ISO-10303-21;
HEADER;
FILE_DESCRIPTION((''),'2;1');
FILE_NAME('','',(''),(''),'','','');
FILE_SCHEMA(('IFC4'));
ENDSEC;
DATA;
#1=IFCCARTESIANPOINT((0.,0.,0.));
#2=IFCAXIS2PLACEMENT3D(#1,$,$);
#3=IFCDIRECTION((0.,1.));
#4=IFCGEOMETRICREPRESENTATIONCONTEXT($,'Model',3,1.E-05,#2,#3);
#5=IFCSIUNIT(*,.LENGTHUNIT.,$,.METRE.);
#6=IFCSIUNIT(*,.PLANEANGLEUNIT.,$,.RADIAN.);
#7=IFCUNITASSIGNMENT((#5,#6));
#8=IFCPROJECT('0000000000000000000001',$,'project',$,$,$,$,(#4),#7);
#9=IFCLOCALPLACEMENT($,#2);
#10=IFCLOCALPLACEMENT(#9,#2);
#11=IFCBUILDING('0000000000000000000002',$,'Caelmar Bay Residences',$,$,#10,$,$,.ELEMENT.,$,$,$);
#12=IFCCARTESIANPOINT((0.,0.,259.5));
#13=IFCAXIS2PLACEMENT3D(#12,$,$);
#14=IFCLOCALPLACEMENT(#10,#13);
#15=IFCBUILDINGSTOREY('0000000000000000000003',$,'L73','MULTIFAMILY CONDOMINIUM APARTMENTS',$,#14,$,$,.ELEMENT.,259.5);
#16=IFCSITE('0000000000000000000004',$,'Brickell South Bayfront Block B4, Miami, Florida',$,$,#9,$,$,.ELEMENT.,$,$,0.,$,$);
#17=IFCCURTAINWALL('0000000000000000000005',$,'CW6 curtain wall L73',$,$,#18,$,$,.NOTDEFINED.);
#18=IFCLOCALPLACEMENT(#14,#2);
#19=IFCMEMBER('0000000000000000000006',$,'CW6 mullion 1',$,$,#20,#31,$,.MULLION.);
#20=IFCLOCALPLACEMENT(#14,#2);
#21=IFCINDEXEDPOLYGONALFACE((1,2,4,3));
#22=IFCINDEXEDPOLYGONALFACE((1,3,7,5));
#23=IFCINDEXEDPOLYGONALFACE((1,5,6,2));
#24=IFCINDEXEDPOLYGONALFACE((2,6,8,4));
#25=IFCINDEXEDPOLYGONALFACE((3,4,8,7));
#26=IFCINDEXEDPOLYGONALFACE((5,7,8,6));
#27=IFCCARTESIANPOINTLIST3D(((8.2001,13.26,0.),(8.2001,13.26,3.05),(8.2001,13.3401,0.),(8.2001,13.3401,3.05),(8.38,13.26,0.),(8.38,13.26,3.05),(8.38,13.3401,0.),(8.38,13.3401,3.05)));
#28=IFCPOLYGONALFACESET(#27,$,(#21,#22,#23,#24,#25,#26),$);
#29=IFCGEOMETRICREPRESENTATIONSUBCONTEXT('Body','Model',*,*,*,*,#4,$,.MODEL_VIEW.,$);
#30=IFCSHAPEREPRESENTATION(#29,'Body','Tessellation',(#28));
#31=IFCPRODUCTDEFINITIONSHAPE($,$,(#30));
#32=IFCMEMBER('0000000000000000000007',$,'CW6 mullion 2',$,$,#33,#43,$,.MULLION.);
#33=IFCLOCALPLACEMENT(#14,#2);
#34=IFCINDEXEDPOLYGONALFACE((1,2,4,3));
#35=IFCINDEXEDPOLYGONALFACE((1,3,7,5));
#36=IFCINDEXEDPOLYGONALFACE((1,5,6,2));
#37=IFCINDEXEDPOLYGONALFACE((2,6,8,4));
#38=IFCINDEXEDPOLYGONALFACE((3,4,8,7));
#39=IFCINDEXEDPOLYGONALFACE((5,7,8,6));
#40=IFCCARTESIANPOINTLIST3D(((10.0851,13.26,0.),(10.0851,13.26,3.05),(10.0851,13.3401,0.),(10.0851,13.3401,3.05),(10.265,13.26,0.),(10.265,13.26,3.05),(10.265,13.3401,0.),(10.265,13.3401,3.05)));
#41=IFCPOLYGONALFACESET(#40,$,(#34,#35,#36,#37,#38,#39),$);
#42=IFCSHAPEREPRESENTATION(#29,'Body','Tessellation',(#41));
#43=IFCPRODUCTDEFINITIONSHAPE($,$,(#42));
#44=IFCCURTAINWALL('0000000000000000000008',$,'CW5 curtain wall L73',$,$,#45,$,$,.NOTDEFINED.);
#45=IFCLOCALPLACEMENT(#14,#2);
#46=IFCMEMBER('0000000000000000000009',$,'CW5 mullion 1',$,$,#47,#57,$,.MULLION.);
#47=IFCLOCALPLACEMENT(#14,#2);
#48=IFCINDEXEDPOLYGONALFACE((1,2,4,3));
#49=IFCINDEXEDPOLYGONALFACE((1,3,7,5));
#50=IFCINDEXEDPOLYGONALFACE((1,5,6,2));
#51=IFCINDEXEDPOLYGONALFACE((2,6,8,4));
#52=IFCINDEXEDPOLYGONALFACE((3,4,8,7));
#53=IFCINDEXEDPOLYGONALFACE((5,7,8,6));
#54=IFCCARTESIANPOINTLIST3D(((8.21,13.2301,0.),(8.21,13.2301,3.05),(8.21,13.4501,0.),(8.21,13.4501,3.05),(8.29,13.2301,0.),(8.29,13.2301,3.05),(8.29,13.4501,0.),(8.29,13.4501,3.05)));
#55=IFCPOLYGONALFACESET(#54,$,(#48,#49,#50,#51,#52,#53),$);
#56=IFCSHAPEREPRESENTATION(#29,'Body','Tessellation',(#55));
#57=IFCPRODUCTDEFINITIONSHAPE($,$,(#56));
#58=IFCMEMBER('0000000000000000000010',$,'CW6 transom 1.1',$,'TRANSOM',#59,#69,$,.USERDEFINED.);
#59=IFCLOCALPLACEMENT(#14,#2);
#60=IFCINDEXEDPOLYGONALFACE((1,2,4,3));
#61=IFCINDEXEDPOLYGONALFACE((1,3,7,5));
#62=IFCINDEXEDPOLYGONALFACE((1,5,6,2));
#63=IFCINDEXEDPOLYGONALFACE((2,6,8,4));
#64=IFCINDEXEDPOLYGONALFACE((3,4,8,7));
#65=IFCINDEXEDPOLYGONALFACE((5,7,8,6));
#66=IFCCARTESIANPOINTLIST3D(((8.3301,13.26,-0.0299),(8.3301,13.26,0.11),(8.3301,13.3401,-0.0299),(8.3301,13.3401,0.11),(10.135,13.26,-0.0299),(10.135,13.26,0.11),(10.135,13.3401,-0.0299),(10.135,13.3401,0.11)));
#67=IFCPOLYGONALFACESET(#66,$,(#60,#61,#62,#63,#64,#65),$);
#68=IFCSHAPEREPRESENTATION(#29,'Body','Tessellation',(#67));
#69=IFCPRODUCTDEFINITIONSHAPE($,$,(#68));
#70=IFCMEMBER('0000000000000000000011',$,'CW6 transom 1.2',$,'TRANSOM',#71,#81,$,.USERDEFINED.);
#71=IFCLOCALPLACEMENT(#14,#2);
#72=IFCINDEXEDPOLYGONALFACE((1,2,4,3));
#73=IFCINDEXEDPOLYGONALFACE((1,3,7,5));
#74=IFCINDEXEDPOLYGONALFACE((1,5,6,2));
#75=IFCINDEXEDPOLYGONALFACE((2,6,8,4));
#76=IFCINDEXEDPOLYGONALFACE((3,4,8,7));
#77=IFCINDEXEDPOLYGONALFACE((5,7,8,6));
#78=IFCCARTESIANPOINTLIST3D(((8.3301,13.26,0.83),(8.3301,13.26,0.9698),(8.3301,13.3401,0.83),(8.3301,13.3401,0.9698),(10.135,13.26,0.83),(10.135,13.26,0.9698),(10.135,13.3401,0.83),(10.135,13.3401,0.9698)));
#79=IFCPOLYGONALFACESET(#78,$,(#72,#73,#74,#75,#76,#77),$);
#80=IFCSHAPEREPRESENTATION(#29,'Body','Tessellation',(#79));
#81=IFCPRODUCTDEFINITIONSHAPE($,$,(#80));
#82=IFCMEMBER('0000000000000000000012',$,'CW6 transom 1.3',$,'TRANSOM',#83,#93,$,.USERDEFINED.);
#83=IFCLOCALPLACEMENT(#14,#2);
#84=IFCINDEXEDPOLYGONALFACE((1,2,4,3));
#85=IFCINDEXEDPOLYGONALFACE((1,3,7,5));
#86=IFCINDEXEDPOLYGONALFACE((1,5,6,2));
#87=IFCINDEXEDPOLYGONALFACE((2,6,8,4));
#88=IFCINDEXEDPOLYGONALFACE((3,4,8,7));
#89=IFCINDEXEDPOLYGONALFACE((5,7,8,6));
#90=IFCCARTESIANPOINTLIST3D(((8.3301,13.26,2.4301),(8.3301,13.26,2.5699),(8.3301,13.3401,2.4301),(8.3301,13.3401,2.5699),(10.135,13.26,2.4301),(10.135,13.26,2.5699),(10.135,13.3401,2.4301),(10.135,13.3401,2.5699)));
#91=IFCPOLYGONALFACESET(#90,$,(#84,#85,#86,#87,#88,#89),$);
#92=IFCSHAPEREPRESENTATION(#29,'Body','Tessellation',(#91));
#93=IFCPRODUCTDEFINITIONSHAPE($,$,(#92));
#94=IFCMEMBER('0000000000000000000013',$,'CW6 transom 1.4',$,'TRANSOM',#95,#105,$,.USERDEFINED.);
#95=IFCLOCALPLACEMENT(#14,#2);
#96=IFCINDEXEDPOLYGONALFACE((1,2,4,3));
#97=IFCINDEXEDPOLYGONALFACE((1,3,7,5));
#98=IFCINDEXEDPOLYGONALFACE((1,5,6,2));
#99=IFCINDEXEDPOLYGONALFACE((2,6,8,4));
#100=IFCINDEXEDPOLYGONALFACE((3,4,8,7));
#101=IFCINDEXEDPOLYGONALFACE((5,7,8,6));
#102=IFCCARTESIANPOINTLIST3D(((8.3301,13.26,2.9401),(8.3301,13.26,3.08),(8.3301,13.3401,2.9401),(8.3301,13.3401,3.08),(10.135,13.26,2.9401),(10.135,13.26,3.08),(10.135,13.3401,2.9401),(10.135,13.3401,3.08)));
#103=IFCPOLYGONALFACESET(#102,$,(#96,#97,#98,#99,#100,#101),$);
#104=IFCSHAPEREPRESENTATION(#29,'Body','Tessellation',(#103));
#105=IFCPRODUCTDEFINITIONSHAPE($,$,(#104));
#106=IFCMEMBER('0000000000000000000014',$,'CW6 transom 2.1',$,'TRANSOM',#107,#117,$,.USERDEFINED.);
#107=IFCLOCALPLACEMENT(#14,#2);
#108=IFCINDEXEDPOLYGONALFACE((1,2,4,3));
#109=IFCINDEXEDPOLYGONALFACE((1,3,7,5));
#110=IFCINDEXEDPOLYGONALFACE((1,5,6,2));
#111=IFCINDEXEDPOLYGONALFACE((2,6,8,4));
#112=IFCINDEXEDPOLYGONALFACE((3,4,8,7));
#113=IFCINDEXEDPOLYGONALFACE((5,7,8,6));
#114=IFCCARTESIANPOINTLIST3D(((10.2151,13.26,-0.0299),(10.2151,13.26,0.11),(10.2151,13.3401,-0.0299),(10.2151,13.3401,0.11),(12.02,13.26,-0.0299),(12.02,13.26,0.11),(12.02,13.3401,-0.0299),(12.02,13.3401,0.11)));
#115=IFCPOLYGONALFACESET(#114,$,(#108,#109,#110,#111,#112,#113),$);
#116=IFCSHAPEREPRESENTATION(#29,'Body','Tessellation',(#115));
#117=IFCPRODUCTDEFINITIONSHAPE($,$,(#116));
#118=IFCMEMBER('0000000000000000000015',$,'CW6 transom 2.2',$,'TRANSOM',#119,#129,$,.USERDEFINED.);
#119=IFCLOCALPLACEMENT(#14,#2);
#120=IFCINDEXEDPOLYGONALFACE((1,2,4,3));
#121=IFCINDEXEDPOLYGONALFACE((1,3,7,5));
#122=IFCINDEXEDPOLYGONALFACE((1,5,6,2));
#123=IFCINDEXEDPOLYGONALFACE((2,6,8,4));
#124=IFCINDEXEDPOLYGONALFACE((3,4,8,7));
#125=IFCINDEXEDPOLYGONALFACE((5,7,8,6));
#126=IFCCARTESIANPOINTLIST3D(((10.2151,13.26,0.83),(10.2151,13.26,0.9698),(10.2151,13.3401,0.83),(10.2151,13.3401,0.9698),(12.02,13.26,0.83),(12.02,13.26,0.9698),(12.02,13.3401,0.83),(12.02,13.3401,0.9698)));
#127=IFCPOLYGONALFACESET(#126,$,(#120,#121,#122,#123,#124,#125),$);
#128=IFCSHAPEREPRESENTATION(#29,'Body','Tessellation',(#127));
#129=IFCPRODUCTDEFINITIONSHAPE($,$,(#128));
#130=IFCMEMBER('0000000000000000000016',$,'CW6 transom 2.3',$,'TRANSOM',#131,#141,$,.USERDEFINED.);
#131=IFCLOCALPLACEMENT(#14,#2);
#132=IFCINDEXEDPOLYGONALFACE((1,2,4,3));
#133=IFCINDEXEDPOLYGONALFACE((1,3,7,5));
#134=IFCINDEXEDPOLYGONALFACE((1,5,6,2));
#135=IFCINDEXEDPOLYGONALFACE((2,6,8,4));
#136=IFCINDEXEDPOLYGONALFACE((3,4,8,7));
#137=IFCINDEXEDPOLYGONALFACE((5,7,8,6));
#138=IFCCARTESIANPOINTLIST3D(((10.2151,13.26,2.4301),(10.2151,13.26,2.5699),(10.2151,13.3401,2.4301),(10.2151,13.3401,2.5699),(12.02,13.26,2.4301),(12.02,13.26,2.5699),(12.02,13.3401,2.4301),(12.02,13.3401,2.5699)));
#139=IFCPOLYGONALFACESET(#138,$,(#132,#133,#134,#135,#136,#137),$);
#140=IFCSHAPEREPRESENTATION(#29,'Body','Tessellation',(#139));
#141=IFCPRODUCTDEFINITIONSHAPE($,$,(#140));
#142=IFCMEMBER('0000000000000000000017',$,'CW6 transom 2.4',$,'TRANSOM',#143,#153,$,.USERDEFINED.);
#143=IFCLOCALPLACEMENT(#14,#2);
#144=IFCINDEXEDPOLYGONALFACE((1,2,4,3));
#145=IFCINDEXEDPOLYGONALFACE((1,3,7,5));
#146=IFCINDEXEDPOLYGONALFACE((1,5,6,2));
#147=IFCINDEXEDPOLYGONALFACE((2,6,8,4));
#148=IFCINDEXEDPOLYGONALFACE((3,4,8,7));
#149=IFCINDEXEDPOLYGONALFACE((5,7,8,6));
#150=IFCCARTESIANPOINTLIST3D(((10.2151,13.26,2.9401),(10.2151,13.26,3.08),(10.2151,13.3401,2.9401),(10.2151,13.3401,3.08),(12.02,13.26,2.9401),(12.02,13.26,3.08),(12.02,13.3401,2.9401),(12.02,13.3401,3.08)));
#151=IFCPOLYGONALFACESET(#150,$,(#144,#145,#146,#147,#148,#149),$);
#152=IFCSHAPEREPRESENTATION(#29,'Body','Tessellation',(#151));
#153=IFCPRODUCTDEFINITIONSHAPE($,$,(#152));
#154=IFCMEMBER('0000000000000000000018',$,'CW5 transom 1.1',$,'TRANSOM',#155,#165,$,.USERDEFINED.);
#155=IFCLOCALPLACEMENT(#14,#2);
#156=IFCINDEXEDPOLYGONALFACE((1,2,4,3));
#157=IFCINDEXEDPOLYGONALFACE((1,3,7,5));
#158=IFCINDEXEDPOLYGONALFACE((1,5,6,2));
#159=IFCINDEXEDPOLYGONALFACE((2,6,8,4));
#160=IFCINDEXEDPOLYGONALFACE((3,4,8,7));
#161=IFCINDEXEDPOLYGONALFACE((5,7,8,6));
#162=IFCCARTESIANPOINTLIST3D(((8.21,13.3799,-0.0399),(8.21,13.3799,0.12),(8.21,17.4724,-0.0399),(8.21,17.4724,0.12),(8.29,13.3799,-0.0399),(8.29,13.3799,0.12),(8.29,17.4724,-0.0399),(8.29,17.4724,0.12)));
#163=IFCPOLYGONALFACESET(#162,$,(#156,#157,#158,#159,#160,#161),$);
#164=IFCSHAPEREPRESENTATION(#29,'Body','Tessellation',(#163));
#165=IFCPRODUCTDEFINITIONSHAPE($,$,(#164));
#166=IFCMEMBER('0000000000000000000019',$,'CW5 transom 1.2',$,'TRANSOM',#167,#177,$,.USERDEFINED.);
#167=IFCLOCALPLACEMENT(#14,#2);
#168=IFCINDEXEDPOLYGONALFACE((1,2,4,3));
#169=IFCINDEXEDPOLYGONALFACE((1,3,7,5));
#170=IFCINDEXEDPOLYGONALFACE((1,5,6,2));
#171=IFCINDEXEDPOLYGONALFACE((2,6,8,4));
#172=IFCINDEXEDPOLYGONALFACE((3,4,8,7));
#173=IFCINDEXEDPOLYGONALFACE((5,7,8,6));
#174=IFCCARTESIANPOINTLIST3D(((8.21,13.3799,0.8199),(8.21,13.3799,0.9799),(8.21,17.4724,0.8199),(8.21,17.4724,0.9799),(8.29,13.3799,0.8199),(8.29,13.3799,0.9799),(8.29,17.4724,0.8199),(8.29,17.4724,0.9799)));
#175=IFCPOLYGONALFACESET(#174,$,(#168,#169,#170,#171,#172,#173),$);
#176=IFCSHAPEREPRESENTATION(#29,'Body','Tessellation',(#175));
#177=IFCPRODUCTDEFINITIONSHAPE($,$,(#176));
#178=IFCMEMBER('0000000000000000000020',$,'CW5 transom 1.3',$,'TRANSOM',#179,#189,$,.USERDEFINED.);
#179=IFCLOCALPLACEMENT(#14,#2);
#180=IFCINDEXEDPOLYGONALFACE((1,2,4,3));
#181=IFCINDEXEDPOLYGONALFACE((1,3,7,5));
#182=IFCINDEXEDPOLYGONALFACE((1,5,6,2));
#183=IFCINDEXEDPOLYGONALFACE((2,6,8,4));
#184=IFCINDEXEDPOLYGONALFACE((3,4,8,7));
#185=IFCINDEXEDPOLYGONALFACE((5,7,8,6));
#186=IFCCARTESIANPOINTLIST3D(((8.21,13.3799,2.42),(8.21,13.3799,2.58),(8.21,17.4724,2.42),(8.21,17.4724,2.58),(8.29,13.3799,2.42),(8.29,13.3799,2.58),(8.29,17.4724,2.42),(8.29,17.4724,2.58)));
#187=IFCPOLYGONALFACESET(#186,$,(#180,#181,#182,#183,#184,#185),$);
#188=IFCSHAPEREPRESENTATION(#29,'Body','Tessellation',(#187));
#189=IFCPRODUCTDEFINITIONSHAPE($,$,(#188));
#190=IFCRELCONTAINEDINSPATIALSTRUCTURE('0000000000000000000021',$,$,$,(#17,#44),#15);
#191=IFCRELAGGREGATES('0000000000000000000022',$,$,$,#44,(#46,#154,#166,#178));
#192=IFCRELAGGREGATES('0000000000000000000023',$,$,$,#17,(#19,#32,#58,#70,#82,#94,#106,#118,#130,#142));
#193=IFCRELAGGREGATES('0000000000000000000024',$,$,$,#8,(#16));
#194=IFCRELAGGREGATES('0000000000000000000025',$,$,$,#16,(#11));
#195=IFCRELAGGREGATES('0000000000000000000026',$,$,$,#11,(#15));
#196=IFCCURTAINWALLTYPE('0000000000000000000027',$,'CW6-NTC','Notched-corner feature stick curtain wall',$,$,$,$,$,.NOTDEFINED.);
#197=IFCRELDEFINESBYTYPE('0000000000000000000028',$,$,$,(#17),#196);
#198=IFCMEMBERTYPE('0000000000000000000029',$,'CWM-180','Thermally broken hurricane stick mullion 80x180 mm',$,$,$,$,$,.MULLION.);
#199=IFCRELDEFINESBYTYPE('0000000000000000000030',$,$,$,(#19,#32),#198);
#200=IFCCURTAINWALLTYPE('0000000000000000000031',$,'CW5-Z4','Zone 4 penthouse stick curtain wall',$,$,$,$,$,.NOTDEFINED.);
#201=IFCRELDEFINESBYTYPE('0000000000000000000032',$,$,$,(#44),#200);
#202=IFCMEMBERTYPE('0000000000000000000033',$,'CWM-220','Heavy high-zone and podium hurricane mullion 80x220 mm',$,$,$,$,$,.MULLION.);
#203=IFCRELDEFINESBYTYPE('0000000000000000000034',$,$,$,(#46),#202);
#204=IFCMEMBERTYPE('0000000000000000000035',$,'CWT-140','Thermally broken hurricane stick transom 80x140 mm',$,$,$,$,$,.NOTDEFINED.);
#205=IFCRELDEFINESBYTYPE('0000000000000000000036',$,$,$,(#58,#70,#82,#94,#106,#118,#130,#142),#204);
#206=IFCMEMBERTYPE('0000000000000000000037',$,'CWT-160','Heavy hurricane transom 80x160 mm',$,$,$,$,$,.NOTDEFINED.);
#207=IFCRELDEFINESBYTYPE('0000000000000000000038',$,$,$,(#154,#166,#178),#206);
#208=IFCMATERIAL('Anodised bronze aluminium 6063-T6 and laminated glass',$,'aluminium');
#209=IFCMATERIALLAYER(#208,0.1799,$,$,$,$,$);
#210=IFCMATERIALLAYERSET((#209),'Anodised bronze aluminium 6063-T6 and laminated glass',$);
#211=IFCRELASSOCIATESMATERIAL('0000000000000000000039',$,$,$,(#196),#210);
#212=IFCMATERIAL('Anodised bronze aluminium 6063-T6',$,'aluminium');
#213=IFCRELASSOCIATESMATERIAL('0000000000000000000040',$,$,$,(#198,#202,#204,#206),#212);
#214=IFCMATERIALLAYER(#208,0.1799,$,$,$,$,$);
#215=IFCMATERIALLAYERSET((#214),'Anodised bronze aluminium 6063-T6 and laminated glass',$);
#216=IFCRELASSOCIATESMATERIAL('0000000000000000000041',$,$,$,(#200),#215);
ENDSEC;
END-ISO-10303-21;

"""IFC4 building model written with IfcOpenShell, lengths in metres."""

from ifc_helpers import new_model, si_unit, direction, frame, origin, origin_2d, place, context, subcontext, project, spatial, rectangle, extrude, material, layer, layer_set, material_profile, profile_set, type_object, element, aggregate, save


model = new_model("IFC4")

# Units and contexts
model_context = context("Model", 3, precision=1e-05, world=origin(), true_north=direction((0.0, 1.0)))
body_context = subcontext(model_context, "Body", "Model", "MODEL_VIEW")
ifc_project = project(units=[si_unit("LENGTHUNIT", "METRE"), si_unit("PLANEANGLEUNIT", "RADIAN")], contexts=[model_context])

# Site, building, storey
site_placement = place(None, origin())
site = spatial("IfcSite", under=ifc_project, at=site_placement, Name="Brickell South Bayfront Block B4, Miami, Florida", CompositionType="ELEMENT", RefElevation=0.0)
building_placement = place(site_placement, origin())
building = spatial("IfcBuilding", under=site, at=building_placement, Name="Caelmar Bay Residences", CompositionType="ELEMENT")
storey_placement = place(building_placement, frame((0.0, 0.0, 259.5)))
storey = spatial("IfcBuildingStorey", under=building, at=storey_placement, Name="L73", Description="MULTIFAMILY CONDOMINIUM APARTMENTS", CompositionType="ELEMENT", Elevation=259.5)

# Curtain wall, members
ifc_material_1 = material(Name="Anodised bronze aluminium 6063-T6 and laminated glass", Category="aluminium")
ifc_layer_1 = layer(ifc_material_1, 0.1799)
ifc_layer_set_1 = layer_set([ifc_layer_1], Name="Anodised bronze aluminium 6063-T6 and laminated glass")
curtain_wall_type_1 = type_object("IfcCurtainWallType", Name="CW6-NTC", Description="Notched-corner feature stick curtain wall", PredefinedType="NOTDEFINED", material=ifc_layer_set_1)
curtain_wall_1_placement = place(storey_placement, origin())
curtain_wall_1 = element("IfcCurtainWall", 1, at=curtain_wall_1_placement, inside=storey, type_object=curtain_wall_type_1, Name="CW6 curtain wall L73", PredefinedType="NOTDEFINED")
ifc_material_2 = material(Name="Anodised bronze aluminium 6063-T6", Category="aluminium")
ifc_material_profile_1 = material_profile(ifc_material_2, rectangle(XDim=0.0801, YDim=0.1799, at=origin_2d()), Name="CWM-80X180")
ifc_profile_set_1 = profile_set([ifc_material_profile_1], Name="Anodised bronze aluminium 6063-T6")
member_type_1 = type_object("IfcMemberType", Name="CWM-180", Description="Thermally broken hurricane stick mullion 80x180 mm", PredefinedType="MULLION", material=ifc_profile_set_1)
member_1_placement = place(storey_placement, frame((8.29, 13.3, 0.0), z_axis=(0.0, 0.0, 1.0), x_axis=(0.0, 1.0, 0.0)))
member_1 = element("IfcMember", 2, at=member_1_placement, type_object=member_type_1, Name="CW6 mullion 1", PredefinedType="MULLION", context=body_context, shape_type="SweptSolid", body=[
    extrude(rectangle(XDim=0.0801, YDim=0.1799, at=origin_2d()), origin(), (0.0, 0.0, 1.0), 3.05),
])
member_2_placement = place(storey_placement, frame((10.175, 13.3, 0.0), z_axis=(0.0, 0.0, 1.0), x_axis=(0.0, 1.0, 0.0)))
member_2 = element("IfcMember", 3, at=member_2_placement, type_object=member_type_1, Name="CW6 mullion 2", PredefinedType="MULLION", context=body_context, shape_type="SweptSolid", body=[
    extrude(rectangle(XDim=0.0801, YDim=0.1799, at=origin_2d()), origin(), (0.0, 0.0, 1.0), 3.05),
])

# Curtain wall, member
ifc_layer_2 = layer(ifc_material_1, 0.1799)
ifc_layer_set_2 = layer_set([ifc_layer_2], Name="Anodised bronze aluminium 6063-T6 and laminated glass")
curtain_wall_type_2 = type_object("IfcCurtainWallType", Name="CW5-Z4", Description="Zone 4 penthouse stick curtain wall", PredefinedType="NOTDEFINED", material=ifc_layer_set_2)
curtain_wall_2_placement = place(storey_placement, origin())
curtain_wall_2 = element("IfcCurtainWall", 4, at=curtain_wall_2_placement, inside=storey, type_object=curtain_wall_type_2, Name="CW5 curtain wall L73", PredefinedType="NOTDEFINED")
ifc_material_profile_2 = material_profile(ifc_material_2, rectangle(XDim=0.0801, YDim=0.22, at=origin_2d()), Name="CWM-80X220")
ifc_profile_set_2 = profile_set([ifc_material_profile_2], Name="Anodised bronze aluminium 6063-T6")
member_type_2 = type_object("IfcMemberType", Name="CWM-220", Description="Heavy high-zone and podium hurricane mullion 80x220 mm", PredefinedType="MULLION", material=ifc_profile_set_2)
member_3_placement = place(storey_placement, frame((8.25, 13.3401, 0.0), z_axis=(0.0, 0.0, 1.0), x_axis=(-1.0, 0.0, 0.0)))
member_3 = element("IfcMember", 5, at=member_3_placement, type_object=member_type_2, Name="CW5 mullion 1", PredefinedType="MULLION", context=body_context, shape_type="SweptSolid", body=[
    extrude(rectangle(XDim=0.0801, YDim=0.22, at=origin_2d()), origin(), (0.0, 0.0, 1.0), 3.05),
])

# Members
ifc_material_profile_3 = material_profile(ifc_material_2, rectangle(XDim=0.0801, YDim=0.1399, at=origin_2d()), Name="CWT-80X140")
ifc_profile_set_3 = profile_set([ifc_material_profile_3], Name="Anodised bronze aluminium 6063-T6")
member_type_3 = type_object("IfcMemberType", Name="CWT-140", Description="Thermally broken hurricane stick transom 80x140 mm", PredefinedType="NOTDEFINED", material=ifc_profile_set_3)
member_4_placement = place(storey_placement, frame((8.3301, 13.3, 0.04), z_axis=(1.0, 0.0, 0.0), x_axis=(0.0, 1.0, 0.0)))
member_4 = element("IfcMember", 6, at=member_4_placement, type_object=member_type_3, Name="CW6 transom 1.1", ObjectType="TRANSOM", PredefinedType="USERDEFINED", context=body_context, shape_type="SweptSolid", body=[
    extrude(rectangle(XDim=0.0801, YDim=0.1399, at=origin_2d()), origin(), (0.0, 0.0, 1.0), 1.8049),
])
member_5_placement = place(storey_placement, frame((8.3301, 13.3, 0.8999), z_axis=(1.0, 0.0, 0.0), x_axis=(0.0, 1.0, 0.0)))
member_5 = element("IfcMember", 7, at=member_5_placement, type_object=member_type_3, Name="CW6 transom 1.2", ObjectType="TRANSOM", PredefinedType="USERDEFINED", context=body_context, shape_type="SweptSolid", body=[
    extrude(rectangle(XDim=0.0801, YDim=0.1399, at=origin_2d()), origin(), (0.0, 0.0, 1.0), 1.8049),
])
member_6_placement = place(storey_placement, frame((8.3301, 13.3, 2.5), z_axis=(1.0, 0.0, 0.0), x_axis=(0.0, 1.0, 0.0)))
member_6 = element("IfcMember", 8, at=member_6_placement, type_object=member_type_3, Name="CW6 transom 1.3", ObjectType="TRANSOM", PredefinedType="USERDEFINED", context=body_context, shape_type="SweptSolid", body=[
    extrude(rectangle(XDim=0.0801, YDim=0.1399, at=origin_2d()), origin(), (0.0, 0.0, 1.0), 1.8049),
])
member_7_placement = place(storey_placement, frame((8.3301, 13.3, 3.01), z_axis=(1.0, 0.0, 0.0), x_axis=(0.0, 1.0, 0.0)))
member_7 = element("IfcMember", 9, at=member_7_placement, type_object=member_type_3, Name="CW6 transom 1.4", ObjectType="TRANSOM", PredefinedType="USERDEFINED", context=body_context, shape_type="SweptSolid", body=[
    extrude(rectangle(XDim=0.0801, YDim=0.1399, at=origin_2d()), origin(), (0.0, 0.0, 1.0), 1.8049),
])
member_8_placement = place(storey_placement, frame((10.2151, 13.3, 0.04), z_axis=(1.0, 0.0, 0.0), x_axis=(0.0, 1.0, 0.0)))
member_8 = element("IfcMember", 10, at=member_8_placement, type_object=member_type_3, Name="CW6 transom 2.1", ObjectType="TRANSOM", PredefinedType="USERDEFINED", context=body_context, shape_type="SweptSolid", body=[
    extrude(rectangle(XDim=0.0801, YDim=0.1399, at=origin_2d()), origin(), (0.0, 0.0, 1.0), 1.8049),
])
member_9_placement = place(storey_placement, frame((10.2151, 13.3, 0.8999), z_axis=(1.0, 0.0, 0.0), x_axis=(0.0, 1.0, 0.0)))
member_9 = element("IfcMember", 11, at=member_9_placement, type_object=member_type_3, Name="CW6 transom 2.2", ObjectType="TRANSOM", PredefinedType="USERDEFINED", context=body_context, shape_type="SweptSolid", body=[
    extrude(rectangle(XDim=0.0801, YDim=0.1399, at=origin_2d()), origin(), (0.0, 0.0, 1.0), 1.8049),
])
member_10_placement = place(storey_placement, frame((10.2151, 13.3, 2.5), z_axis=(1.0, 0.0, 0.0), x_axis=(0.0, 1.0, 0.0)))
member_10 = element("IfcMember", 12, at=member_10_placement, type_object=member_type_3, Name="CW6 transom 2.3", ObjectType="TRANSOM", PredefinedType="USERDEFINED", context=body_context, shape_type="SweptSolid", body=[
    extrude(rectangle(XDim=0.0801, YDim=0.1399, at=origin_2d()), origin(), (0.0, 0.0, 1.0), 1.8049),
])
member_11_placement = place(storey_placement, frame((10.2151, 13.3, 3.01), z_axis=(1.0, 0.0, 0.0), x_axis=(0.0, 1.0, 0.0)))
member_11 = element("IfcMember", 13, at=member_11_placement, type_object=member_type_3, Name="CW6 transom 2.4", ObjectType="TRANSOM", PredefinedType="USERDEFINED", context=body_context, shape_type="SweptSolid", body=[
    extrude(rectangle(XDim=0.0801, YDim=0.1399, at=origin_2d()), origin(), (0.0, 0.0, 1.0), 1.8049),
])
ifc_material_profile_4 = material_profile(ifc_material_2, rectangle(XDim=0.0801, YDim=0.1599, at=origin_2d()), Name="CWT-80X160")
ifc_profile_set_4 = profile_set([ifc_material_profile_4], Name="Anodised bronze aluminium 6063-T6")
member_type_4 = type_object("IfcMemberType", Name="CWT-160", Description="Heavy hurricane transom 80x160 mm", PredefinedType="NOTDEFINED", material=ifc_profile_set_4)
member_12_placement = place(storey_placement, frame((8.25, 13.3799, 0.04), z_axis=(0.0, 1.0, 0.0), x_axis=(-1.0, 0.0, 0.0)))
member_12 = element("IfcMember", 14, at=member_12_placement, type_object=member_type_4, Name="CW5 transom 1.1", ObjectType="TRANSOM", PredefinedType="USERDEFINED", context=body_context, shape_type="SweptSolid", body=[
    extrude(rectangle(XDim=0.0801, YDim=0.1599, at=origin_2d()), origin(), (0.0, 0.0, 1.0), 4.0925),
])
member_13_placement = place(storey_placement, frame((8.25, 13.3799, 0.8999), z_axis=(0.0, 1.0, 0.0), x_axis=(-1.0, 0.0, 0.0)))
member_13 = element("IfcMember", 15, at=member_13_placement, type_object=member_type_4, Name="CW5 transom 1.2", ObjectType="TRANSOM", PredefinedType="USERDEFINED", context=body_context, shape_type="SweptSolid", body=[
    extrude(rectangle(XDim=0.0801, YDim=0.1599, at=origin_2d()), origin(), (0.0, 0.0, 1.0), 4.0925),
])
member_14_placement = place(storey_placement, frame((8.25, 13.3799, 2.5), z_axis=(0.0, 1.0, 0.0), x_axis=(-1.0, 0.0, 0.0)))
member_14 = element("IfcMember", 16, at=member_14_placement, type_object=member_type_4, Name="CW5 transom 1.3", ObjectType="TRANSOM", PredefinedType="USERDEFINED", context=body_context, shape_type="SweptSolid", body=[
    extrude(rectangle(XDim=0.0801, YDim=0.1599, at=origin_2d()), origin(), (0.0, 0.0, 1.0), 4.0925),
])
aggregate(curtain_wall_2, [member_3, member_12, member_13, member_14])

aggregate(curtain_wall_1, [member_1, member_2, member_4, member_5, member_6, member_7, member_8, member_9, member_10, member_11])

save(model, "model.ifc")
